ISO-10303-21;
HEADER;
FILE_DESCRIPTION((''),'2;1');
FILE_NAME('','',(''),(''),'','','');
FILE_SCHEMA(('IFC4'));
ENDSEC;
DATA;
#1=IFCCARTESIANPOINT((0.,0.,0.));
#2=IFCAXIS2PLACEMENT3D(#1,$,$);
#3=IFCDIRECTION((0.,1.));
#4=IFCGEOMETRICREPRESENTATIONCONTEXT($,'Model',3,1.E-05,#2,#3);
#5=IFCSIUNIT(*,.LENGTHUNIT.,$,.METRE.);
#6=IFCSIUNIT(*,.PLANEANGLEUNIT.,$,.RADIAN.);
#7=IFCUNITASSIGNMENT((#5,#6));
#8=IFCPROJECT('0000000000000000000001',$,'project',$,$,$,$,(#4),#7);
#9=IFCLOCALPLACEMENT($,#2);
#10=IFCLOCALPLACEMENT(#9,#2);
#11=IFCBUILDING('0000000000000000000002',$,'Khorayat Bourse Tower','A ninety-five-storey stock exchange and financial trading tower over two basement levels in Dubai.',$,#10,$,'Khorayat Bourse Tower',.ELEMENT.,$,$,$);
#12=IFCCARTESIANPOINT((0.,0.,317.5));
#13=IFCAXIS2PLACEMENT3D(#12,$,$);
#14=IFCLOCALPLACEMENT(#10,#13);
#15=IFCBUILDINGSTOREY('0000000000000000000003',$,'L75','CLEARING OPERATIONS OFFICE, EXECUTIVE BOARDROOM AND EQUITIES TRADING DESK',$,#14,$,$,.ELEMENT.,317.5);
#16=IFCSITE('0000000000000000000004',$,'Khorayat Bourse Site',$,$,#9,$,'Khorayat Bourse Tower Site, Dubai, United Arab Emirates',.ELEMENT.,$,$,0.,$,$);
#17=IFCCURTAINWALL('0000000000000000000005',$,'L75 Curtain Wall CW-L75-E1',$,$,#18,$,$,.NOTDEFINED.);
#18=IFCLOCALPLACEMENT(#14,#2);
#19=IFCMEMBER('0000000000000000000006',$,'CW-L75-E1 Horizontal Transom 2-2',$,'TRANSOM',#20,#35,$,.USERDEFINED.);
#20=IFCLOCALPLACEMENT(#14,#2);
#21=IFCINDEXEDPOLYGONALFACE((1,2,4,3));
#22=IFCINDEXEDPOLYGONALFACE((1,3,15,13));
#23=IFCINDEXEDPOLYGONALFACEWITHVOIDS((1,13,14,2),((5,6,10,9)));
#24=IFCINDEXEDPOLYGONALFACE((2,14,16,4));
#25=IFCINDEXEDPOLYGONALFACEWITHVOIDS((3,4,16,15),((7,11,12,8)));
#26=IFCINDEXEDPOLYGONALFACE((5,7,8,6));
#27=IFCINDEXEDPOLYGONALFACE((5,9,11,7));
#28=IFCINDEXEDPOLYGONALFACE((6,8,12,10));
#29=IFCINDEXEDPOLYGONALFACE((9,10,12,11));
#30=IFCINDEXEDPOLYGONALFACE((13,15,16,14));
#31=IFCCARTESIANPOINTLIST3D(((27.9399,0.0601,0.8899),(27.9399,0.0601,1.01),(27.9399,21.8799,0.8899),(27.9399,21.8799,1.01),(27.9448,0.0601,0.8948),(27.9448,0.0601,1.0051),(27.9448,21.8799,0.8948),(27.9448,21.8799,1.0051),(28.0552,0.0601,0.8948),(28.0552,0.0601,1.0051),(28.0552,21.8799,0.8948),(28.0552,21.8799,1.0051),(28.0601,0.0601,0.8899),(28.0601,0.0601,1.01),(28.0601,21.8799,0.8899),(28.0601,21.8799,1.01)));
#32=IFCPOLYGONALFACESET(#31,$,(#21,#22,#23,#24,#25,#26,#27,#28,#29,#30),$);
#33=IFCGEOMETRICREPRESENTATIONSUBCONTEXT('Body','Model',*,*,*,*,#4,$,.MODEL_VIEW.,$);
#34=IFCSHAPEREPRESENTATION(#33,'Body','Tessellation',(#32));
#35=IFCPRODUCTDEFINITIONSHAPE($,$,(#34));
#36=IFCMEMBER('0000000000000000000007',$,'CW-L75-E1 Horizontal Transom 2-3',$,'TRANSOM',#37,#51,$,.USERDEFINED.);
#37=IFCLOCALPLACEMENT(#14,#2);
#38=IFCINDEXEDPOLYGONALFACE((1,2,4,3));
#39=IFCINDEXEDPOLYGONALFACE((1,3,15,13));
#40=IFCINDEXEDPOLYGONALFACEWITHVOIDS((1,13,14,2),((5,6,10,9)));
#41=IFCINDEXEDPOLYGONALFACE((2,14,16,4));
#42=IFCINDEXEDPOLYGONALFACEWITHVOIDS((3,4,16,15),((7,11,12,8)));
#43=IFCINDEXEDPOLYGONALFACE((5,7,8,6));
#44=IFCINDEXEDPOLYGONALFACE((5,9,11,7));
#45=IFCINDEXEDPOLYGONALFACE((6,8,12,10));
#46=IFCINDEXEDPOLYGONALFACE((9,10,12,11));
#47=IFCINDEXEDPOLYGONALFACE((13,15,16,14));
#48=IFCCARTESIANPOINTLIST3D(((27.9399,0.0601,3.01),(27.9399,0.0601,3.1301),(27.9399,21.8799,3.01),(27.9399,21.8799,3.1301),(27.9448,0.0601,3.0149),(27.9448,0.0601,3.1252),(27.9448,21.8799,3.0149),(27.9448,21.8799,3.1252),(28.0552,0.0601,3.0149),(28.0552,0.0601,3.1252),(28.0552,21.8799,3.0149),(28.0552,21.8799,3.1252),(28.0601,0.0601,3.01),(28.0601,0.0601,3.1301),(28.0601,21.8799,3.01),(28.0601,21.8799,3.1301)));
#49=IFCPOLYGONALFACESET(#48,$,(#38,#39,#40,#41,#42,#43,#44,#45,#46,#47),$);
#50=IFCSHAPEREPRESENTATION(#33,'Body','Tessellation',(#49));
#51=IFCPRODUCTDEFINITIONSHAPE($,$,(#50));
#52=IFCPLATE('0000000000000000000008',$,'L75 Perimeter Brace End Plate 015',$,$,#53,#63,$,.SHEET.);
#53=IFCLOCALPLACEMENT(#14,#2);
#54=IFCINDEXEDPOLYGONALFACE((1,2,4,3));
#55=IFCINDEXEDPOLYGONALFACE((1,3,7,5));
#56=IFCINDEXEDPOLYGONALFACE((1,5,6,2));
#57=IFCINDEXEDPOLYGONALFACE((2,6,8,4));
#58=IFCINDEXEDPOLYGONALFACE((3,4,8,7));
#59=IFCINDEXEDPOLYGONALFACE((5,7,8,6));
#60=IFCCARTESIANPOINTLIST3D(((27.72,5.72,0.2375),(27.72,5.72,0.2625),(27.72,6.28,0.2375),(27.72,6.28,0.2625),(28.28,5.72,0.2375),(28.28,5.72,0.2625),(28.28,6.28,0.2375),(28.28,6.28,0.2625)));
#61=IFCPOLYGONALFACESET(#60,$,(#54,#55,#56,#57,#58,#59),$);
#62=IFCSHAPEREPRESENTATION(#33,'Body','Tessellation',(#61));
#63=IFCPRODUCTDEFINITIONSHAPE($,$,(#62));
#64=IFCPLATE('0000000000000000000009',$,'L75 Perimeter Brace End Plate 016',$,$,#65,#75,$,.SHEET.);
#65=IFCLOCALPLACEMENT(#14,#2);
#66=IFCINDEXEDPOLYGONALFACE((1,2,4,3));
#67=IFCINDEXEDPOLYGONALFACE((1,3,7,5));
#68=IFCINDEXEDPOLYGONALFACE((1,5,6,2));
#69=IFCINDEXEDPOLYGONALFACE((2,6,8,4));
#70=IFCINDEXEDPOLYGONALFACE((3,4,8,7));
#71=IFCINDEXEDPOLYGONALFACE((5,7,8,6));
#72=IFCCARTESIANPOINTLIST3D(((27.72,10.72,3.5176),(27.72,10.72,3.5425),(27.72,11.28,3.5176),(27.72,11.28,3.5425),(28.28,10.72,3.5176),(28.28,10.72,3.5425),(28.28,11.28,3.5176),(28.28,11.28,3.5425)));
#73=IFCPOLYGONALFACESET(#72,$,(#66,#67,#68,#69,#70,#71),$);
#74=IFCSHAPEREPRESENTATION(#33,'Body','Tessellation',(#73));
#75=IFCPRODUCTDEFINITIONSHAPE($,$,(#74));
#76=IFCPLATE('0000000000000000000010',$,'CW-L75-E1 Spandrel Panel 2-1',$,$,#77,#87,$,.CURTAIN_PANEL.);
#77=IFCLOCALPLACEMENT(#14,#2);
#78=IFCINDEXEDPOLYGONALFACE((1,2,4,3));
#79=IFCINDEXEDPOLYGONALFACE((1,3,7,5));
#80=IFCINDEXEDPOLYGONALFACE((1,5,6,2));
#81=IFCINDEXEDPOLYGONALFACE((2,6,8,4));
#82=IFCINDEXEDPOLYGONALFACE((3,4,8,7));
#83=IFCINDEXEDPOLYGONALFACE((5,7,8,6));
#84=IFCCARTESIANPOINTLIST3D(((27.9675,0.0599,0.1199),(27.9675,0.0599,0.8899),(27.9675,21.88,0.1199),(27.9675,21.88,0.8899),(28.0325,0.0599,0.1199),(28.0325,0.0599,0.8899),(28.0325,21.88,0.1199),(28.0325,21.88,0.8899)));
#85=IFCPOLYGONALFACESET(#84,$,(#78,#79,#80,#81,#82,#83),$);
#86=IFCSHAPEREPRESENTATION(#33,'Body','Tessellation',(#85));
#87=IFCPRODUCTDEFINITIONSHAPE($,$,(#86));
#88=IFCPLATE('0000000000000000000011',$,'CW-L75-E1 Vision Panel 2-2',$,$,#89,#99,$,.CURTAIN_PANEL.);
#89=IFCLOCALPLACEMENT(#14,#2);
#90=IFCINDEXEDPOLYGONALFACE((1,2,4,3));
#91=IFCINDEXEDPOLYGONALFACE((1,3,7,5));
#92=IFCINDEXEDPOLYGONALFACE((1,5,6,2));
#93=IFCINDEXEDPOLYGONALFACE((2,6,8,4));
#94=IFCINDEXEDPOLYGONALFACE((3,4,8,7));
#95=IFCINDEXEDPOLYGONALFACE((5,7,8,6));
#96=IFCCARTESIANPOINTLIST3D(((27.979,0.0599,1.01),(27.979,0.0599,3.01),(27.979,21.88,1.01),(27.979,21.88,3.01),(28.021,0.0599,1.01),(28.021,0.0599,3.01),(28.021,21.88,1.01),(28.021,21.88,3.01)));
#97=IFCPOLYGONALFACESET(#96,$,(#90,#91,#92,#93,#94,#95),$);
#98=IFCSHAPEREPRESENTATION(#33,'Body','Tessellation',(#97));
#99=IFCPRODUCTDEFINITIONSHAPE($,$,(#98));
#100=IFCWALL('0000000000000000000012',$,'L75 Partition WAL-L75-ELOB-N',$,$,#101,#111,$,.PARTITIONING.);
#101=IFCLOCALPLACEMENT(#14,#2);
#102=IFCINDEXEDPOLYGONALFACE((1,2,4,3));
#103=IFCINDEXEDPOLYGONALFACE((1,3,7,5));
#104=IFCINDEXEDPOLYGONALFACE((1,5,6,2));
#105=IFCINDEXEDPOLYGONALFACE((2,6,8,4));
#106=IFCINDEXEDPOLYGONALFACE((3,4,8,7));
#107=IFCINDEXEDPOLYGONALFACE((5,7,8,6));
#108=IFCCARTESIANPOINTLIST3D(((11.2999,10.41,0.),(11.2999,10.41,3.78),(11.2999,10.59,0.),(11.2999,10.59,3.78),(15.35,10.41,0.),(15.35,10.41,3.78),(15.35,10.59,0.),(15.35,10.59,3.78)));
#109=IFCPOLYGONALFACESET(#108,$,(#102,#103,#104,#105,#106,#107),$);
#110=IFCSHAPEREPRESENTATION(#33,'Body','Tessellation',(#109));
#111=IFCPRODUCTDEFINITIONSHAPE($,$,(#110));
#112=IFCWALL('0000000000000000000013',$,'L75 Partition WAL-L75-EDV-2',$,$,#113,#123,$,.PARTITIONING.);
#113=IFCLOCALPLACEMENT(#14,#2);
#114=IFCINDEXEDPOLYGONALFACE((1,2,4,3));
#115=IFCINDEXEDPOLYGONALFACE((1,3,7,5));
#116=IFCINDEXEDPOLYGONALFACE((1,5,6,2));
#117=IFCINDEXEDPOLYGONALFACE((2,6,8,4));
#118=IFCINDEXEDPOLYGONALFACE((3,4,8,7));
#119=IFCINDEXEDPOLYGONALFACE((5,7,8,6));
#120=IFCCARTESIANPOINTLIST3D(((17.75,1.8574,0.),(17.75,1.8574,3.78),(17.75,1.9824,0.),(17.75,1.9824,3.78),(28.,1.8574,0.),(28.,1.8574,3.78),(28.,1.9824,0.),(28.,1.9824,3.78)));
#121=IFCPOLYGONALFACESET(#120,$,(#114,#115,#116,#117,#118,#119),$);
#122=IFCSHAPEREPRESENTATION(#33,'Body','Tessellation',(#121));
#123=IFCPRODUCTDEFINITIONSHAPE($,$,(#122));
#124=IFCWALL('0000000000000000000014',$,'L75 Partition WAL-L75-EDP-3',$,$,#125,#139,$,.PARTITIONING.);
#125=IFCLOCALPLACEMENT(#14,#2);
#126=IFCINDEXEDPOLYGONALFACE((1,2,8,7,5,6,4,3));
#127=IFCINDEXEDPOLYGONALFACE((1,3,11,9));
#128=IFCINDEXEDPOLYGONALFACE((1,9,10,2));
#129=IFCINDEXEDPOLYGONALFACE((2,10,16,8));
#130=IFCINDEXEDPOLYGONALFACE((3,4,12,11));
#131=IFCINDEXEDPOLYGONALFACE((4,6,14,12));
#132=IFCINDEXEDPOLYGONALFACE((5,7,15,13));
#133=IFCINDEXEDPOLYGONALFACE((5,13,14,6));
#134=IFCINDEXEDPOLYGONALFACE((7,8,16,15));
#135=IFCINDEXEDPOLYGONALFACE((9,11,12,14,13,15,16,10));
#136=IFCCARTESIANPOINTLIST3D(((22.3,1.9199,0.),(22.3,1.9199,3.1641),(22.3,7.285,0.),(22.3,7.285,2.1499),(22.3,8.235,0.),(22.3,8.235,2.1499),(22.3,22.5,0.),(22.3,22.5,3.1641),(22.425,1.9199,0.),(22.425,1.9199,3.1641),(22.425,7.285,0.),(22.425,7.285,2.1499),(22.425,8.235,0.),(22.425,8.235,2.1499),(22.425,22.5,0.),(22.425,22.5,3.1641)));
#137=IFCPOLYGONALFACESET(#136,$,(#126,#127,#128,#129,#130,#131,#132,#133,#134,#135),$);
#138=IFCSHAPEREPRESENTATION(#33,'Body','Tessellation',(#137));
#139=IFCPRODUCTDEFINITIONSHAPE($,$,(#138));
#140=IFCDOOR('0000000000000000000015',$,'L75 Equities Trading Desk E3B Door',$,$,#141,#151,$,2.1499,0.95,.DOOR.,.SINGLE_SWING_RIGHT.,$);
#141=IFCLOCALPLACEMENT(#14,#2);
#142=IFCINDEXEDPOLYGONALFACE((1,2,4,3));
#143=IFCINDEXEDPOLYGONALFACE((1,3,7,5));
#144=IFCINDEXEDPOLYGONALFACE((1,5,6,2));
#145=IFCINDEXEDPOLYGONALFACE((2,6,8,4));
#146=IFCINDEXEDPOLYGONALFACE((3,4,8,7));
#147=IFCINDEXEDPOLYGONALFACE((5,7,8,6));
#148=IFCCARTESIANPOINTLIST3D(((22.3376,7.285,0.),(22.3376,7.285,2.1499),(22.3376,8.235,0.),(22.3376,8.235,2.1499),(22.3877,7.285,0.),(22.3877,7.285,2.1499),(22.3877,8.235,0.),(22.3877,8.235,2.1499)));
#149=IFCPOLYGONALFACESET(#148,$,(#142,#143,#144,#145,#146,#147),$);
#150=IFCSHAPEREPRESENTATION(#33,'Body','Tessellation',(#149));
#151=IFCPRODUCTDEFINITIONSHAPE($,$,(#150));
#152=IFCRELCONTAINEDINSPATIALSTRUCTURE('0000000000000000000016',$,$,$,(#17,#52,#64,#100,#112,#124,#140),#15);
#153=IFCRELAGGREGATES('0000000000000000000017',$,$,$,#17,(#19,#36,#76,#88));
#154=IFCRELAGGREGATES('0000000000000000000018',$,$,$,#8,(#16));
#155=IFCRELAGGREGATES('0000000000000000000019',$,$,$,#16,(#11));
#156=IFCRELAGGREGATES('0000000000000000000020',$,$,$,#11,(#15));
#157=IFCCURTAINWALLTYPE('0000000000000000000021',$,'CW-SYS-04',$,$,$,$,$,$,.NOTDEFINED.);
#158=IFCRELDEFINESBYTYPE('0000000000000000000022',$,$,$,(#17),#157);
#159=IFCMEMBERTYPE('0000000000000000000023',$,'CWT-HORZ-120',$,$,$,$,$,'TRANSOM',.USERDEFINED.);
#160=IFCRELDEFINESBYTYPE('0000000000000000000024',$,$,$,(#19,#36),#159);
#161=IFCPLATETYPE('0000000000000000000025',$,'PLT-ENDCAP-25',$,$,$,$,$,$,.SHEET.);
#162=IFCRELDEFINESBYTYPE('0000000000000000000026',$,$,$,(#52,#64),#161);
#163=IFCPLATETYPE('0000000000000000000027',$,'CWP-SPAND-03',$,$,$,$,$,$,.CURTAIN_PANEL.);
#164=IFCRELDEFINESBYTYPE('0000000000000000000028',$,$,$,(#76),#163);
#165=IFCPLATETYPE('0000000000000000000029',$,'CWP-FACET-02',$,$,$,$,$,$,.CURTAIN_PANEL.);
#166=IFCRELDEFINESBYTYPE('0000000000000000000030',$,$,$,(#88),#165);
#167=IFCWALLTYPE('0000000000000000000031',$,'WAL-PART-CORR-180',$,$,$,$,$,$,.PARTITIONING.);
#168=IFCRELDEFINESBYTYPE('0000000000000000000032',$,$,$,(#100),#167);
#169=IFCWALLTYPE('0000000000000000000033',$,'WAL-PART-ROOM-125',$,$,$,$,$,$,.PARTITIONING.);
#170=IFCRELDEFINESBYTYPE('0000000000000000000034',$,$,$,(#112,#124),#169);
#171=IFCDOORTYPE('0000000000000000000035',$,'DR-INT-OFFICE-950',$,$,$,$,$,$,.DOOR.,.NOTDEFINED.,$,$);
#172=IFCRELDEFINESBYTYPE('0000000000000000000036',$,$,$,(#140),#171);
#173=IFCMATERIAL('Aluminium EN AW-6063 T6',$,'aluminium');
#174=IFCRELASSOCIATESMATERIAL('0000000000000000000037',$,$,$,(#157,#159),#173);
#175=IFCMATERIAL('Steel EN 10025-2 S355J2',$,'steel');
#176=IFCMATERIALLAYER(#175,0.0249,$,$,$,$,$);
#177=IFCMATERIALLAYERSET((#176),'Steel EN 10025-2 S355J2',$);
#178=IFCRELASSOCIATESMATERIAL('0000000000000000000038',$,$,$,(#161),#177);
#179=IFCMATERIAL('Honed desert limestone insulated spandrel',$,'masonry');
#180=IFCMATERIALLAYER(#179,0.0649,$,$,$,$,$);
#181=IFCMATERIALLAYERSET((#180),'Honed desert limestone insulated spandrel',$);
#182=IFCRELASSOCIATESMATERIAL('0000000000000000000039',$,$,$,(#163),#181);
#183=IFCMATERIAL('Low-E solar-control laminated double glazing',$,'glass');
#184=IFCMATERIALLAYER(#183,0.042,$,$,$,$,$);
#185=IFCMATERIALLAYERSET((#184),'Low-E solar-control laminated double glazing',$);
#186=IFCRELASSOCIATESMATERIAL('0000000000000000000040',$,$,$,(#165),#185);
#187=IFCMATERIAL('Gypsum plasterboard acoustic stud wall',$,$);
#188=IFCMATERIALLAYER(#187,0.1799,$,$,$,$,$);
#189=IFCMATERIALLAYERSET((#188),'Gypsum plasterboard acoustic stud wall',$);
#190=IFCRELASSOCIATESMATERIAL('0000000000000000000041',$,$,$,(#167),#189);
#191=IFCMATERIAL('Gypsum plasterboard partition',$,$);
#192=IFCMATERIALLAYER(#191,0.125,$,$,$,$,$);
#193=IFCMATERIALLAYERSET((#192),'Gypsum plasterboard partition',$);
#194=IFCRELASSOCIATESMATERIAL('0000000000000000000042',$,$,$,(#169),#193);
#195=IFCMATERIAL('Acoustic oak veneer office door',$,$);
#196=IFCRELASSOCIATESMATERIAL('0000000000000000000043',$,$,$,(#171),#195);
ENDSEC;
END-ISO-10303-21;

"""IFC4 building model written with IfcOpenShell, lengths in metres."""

from ifc_helpers import new_model, si_unit, direction, frame, frame_2d, origin, origin_2d, place, context, subcontext, project, spatial, rectangle, hollow_rectangle, extrude, source, transform, mapped, material, layer, layer_set, material_profile, profile_set, type_object, element, fill, aggregate, save


model = new_model("IFC4")

# Units and contexts
model_context = context("Model", 3, precision=1e-05, world=origin(), true_north=direction((0.0, 1.0)))
body_context = subcontext(model_context, "Body", "Model", "MODEL_VIEW")
ifc_project = project(units=[si_unit("LENGTHUNIT", "METRE"), si_unit("PLANEANGLEUNIT", "RADIAN")], contexts=[model_context])

# Site, building, storey
site_placement = place(None, origin())
site = spatial("IfcSite", under=ifc_project, at=site_placement, Name="Khorayat Bourse Site", LongName="Khorayat Bourse Tower Site, Dubai, United Arab Emirates", CompositionType="ELEMENT", RefElevation=0.0)
building_placement = place(site_placement, origin())
building = spatial("IfcBuilding", under=site, at=building_placement, Name="Khorayat Bourse Tower", Description="A ninety-five-storey stock exchange and financial trading tower over two basement levels in Dubai.", LongName="Khorayat Bourse Tower", CompositionType="ELEMENT")
storey_placement = place(building_placement, frame((0.0, 0.0, 317.5)))
storey = spatial("IfcBuildingStorey", under=building, at=storey_placement, Name="L75", Description="CLEARING OPERATIONS OFFICE, EXECUTIVE BOARDROOM AND EQUITIES TRADING DESK", CompositionType="ELEMENT", Elevation=317.5)

# Curtain wall, members
ifc_material_1 = material(Name="Aluminium EN AW-6063 T6", Category="aluminium")
curtain_wall_type = type_object("IfcCurtainWallType", Name="CW-SYS-04", PredefinedType="NOTDEFINED", material=ifc_material_1)
curtain_wall_placement = place(storey_placement, origin())
curtain_wall = element("IfcCurtainWall", 1, at=curtain_wall_placement, inside=storey, type_object=curtain_wall_type, Name="L75 Curtain Wall CW-L75-E1", PredefinedType="NOTDEFINED")
ifc_material_profile_1 = material_profile(ifc_material_1, hollow_rectangle(XDim=0.1201, YDim=0.1201, WallThickness=0.0049, at=origin_2d()), Name="ALU 120x120x5")
ifc_profile_set_1 = profile_set([ifc_material_profile_1], Name="Aluminium EN AW-6063 T6")
member_type_1 = type_object("IfcMemberType", Name="CWT-HORZ-120", ElementType="TRANSOM", PredefinedType="USERDEFINED", material=ifc_profile_set_1)
shared_shape_1 = source(origin(), body_context, "Body", "SweptSolid", [
    extrude(hollow_rectangle(XDim=0.1201, YDim=0.1201, WallThickness=0.0049, at=origin_2d()), origin(), (0.0, 0.0, 1.0), 21.8198),
])
member_1_placement = place(storey_placement, frame((28.0, 0.0601, 0.95), z_axis=(0.0, 1.0, 0.0), x_axis=(-1.0, 0.0, 0.0)))
member_1 = element("IfcMember", 2, at=member_1_placement, type_object=member_type_1, Name="CW-L75-E1 Horizontal Transom 2-2", ObjectType="TRANSOM", PredefinedType="USERDEFINED", context=body_context, shape_type="MappedRepresentation", body=[
    mapped(shared_shape_1, transform((0.0, 0.0, 0.0), scale=1.0)),
])
member_2_placement = place(storey_placement, frame((28.0, 0.0601, 3.0701), z_axis=(0.0, 1.0, 0.0), x_axis=(-1.0, 0.0, 0.0)))
member_2 = element("IfcMember", 3, at=member_2_placement, type_object=member_type_1, Name="CW-L75-E1 Horizontal Transom 2-3", ObjectType="TRANSOM", PredefinedType="USERDEFINED", context=body_context, shape_type="MappedRepresentation", body=[
    mapped(shared_shape_1, transform((0.0, 0.0, 0.0), scale=1.0)),
])

# Plates
ifc_material_2 = material(Name="Steel EN 10025-2 S355J2", Category="steel")
ifc_layer_1 = layer(ifc_material_2, 0.0249)
ifc_layer_set_1 = layer_set([ifc_layer_1], Name="Steel EN 10025-2 S355J2")
plate_type_1 = type_object("IfcPlateType", Name="PLT-ENDCAP-25", PredefinedType="SHEET", material=ifc_layer_set_1)
shared_shape_2 = source(origin(), body_context, "Body", "SweptSolid", [
    extrude(rectangle(XDim=0.5601, YDim=0.5601, at=origin_2d()), origin(), (0.0, 0.0, 1.0), 0.0249),
])
for number, where, z_axis, x_axis, name in (
    (4, (28.0, 6.0, 0.2375), (0.0, 0.0, 1.0), (1.0, 0.0, 0.0), "L75 Perimeter Brace End Plate 015"),
    (5, (28.0, 11.0, 3.5176), (0.0, 0.0, 1.0), (1.0, 0.0, 0.0), "L75 Perimeter Brace End Plate 016"),
):
    element("IfcPlate", number, at=place(storey_placement, frame(where, z_axis=z_axis, x_axis=x_axis)), inside=storey, type_object=plate_type_1, Name=name, PredefinedType="SHEET", context=body_context, shape_type="MappedRepresentation", body=[
        mapped(shared_shape_2, transform((0.0, 0.0, 0.0), scale=1.0)),
    ])

# Plates
ifc_material_3 = material(Name="Honed desert limestone insulated spandrel", Category="masonry")
ifc_layer_2 = layer(ifc_material_3, 0.0649)
ifc_layer_set_2 = layer_set([ifc_layer_2], Name="Honed desert limestone insulated spandrel")
plate_type_2 = type_object("IfcPlateType", Name="CWP-SPAND-03", PredefinedType="CURTAIN_PANEL", material=ifc_layer_set_2)
shared_shape_3 = source(origin(), body_context, "Body", "SweptSolid", [
    extrude(rectangle(XDim=21.8201, YDim=0.0649, at=origin_2d()), origin(), (0.0, 0.0, 1.0), 0.77),
])
plate_1_placement = place(storey_placement, frame((28.0, 10.97, 0.1199), z_axis=(0.0, 0.0, 1.0), x_axis=(0.0, 1.0, 0.0)))
plate_1 = element("IfcPlate", 6, at=plate_1_placement, type_object=plate_type_2, Name="CW-L75-E1 Spandrel Panel 2-1", PredefinedType="CURTAIN_PANEL", context=body_context, shape_type="MappedRepresentation", body=[
    mapped(shared_shape_3, transform((0.0, 0.0, 0.0), scale=1.0)),
])
ifc_material_4 = material(Name="Low-E solar-control laminated double glazing", Category="glass")
ifc_layer_3 = layer(ifc_material_4, 0.042)
ifc_layer_set_3 = layer_set([ifc_layer_3], Name="Low-E solar-control laminated double glazing")
plate_type_3 = type_object("IfcPlateType", Name="CWP-FACET-02", PredefinedType="CURTAIN_PANEL", material=ifc_layer_set_3)
shared_shape_4 = source(origin(), body_context, "Body", "SweptSolid", [
    extrude(rectangle(XDim=21.8201, YDim=0.042, at=origin_2d()), origin(), (0.0, 0.0, 1.0), 2.0),
])
plate_2_placement = place(storey_placement, frame((28.0, 10.97, 1.01), z_axis=(0.0, 0.0, 1.0), x_axis=(0.0, 1.0, 0.0)))
plate_2 = element("IfcPlate", 7, at=plate_2_placement, type_object=plate_type_3, Name="CW-L75-E1 Vision Panel 2-2", PredefinedType="CURTAIN_PANEL", context=body_context, shape_type="MappedRepresentation", body=[
    mapped(shared_shape_4, transform((0.0, 0.0, 0.0), scale=1.0)),
])
aggregate(curtain_wall, [member_1, member_2, plate_1, plate_2])

# Walls
ifc_material_5 = material(Name="Gypsum plasterboard acoustic stud wall")
ifc_layer_4 = layer(ifc_material_5, 0.1799)
ifc_layer_set_4 = layer_set([ifc_layer_4], Name="Gypsum plasterboard acoustic stud wall")
wall_type_1 = type_object("IfcWallType", Name="WAL-PART-CORR-180", PredefinedType="PARTITIONING", material=ifc_layer_set_4)
shared_shape_5 = source(origin(), body_context, "Body", "SweptSolid", [
    extrude(rectangle(XDim=4.05, YDim=0.1799, at=frame_2d((2.0249, 0.0))), origin(), (0.0, 0.0, 1.0), 3.78),
])
wall_1_placement = place(storey_placement, frame((11.3, 10.5, 0.0), z_axis=(0.0, 0.0, 1.0), x_axis=(1.0, 0.0, 0.0)))
element("IfcWall", 8, at=wall_1_placement, inside=storey, type_object=wall_type_1, Name="L75 Partition WAL-L75-ELOB-N", PredefinedType="PARTITIONING", context=body_context, shape_type="MappedRepresentation", body=[
    mapped(shared_shape_5, transform((0.0, 0.0, 0.0), scale=1.0)),
])
ifc_material_6 = material(Name="Gypsum plasterboard partition")
ifc_layer_5 = layer(ifc_material_6, 0.125)
ifc_layer_set_5 = layer_set([ifc_layer_5], Name="Gypsum plasterboard partition")
wall_type_2 = type_object("IfcWallType", Name="WAL-PART-ROOM-125", PredefinedType="PARTITIONING", material=ifc_layer_set_5)
shared_shape_6 = source(origin(), body_context, "Body", "SweptSolid", [
    extrude(rectangle(XDim=10.25, YDim=0.125, at=frame_2d((5.125, 0.0))), origin(), (0.0, 0.0, 1.0), 3.78),
])
wall_2_placement = place(storey_placement, frame((17.75, 1.9199, 0.0), z_axis=(0.0, 0.0, 1.0), x_axis=(1.0, 0.0, 0.0)))
element("IfcWall", 9, at=wall_2_placement, inside=storey, type_object=wall_type_2, Name="L75 Partition WAL-L75-EDV-2", PredefinedType="PARTITIONING", context=body_context, shape_type="MappedRepresentation", body=[
    mapped(shared_shape_6, transform((0.0, 0.0, 0.0), scale=1.0)),
])

# Wall, opening, door
shared_shape_7 = source(origin(), body_context, "Body", "SweptSolid", [
    extrude(rectangle(XDim=20.5801, YDim=0.125, at=frame_2d((10.29, 0.0))), origin(), (0.0, 0.0, 1.0), 3.1641),
])
wall_3_placement = place(storey_placement, frame((22.3625, 1.9199, 0.0), z_axis=(0.0, 0.0, 1.0), x_axis=(0.0, 1.0, 0.0)))
wall_3 = element("IfcWall", 10, at=wall_3_placement, inside=storey, type_object=wall_type_2, Name="L75 Partition WAL-L75-EDP-3", PredefinedType="PARTITIONING", context=body_context, shape_type="MappedRepresentation", body=[
    mapped(shared_shape_7, transform((0.0, 0.0, 0.0), scale=1.0)),
])
shared_shape_8 = source(origin(), body_context, "Body", "SweptSolid", [
    extrude(rectangle(XDim=0.95, YDim=2.1499, at=frame_2d((0.4751, 1.075))), frame((0.0, 0.0725, 0.0), z_axis=(0.0, -1.0, 0.0), x_axis=(1.0, 0.0, 0.0)), (0.0, 0.0, 1.0), 0.145),
])
opening_placement = place(wall_3_placement, frame((5.365, 0.0, 0.0)))
opening = element("IfcOpeningElement", 11, at=opening_placement, cuts=wall_3, PredefinedType="OPENING", context=body_context, shape_type="MappedRepresentation", body=[
    mapped(shared_shape_8, transform((0.0, 0.0, 0.0), scale=1.0)),
])
ifc_material_7 = material(Name="Acoustic oak veneer office door")
door_type = type_object("IfcDoorType", Name="DR-INT-OFFICE-950", OperationType="NOTDEFINED", PredefinedType="DOOR", material=ifc_material_7)
shared_shape_9 = source(origin(), body_context, "Body", "SweptSolid", [
    extrude(rectangle(XDim=0.95, YDim=2.1499, at=frame_2d((0.4751, 1.075))), frame((0.0, 0.0249, 0.0), z_axis=(0.0, -1.0, 0.0), x_axis=(1.0, 0.0, 0.0)), (0.0, 0.0, 1.0), 0.05),
])
door_placement = place(opening_placement, origin())
door = element("IfcDoor", 12, at=door_placement, inside=storey, type_object=door_type, Name="L75 Equities Trading Desk E3B Door", OperationType="SINGLE_SWING_RIGHT", OverallHeight=2.1499, OverallWidth=0.95, PredefinedType="DOOR", context=body_context, shape_type="MappedRepresentation", body=[
    mapped(shared_shape_9, transform((0.0, 0.0, 0.0), scale=1.0)),
])
fill(opening, door)

save(model, "model.ifc")
